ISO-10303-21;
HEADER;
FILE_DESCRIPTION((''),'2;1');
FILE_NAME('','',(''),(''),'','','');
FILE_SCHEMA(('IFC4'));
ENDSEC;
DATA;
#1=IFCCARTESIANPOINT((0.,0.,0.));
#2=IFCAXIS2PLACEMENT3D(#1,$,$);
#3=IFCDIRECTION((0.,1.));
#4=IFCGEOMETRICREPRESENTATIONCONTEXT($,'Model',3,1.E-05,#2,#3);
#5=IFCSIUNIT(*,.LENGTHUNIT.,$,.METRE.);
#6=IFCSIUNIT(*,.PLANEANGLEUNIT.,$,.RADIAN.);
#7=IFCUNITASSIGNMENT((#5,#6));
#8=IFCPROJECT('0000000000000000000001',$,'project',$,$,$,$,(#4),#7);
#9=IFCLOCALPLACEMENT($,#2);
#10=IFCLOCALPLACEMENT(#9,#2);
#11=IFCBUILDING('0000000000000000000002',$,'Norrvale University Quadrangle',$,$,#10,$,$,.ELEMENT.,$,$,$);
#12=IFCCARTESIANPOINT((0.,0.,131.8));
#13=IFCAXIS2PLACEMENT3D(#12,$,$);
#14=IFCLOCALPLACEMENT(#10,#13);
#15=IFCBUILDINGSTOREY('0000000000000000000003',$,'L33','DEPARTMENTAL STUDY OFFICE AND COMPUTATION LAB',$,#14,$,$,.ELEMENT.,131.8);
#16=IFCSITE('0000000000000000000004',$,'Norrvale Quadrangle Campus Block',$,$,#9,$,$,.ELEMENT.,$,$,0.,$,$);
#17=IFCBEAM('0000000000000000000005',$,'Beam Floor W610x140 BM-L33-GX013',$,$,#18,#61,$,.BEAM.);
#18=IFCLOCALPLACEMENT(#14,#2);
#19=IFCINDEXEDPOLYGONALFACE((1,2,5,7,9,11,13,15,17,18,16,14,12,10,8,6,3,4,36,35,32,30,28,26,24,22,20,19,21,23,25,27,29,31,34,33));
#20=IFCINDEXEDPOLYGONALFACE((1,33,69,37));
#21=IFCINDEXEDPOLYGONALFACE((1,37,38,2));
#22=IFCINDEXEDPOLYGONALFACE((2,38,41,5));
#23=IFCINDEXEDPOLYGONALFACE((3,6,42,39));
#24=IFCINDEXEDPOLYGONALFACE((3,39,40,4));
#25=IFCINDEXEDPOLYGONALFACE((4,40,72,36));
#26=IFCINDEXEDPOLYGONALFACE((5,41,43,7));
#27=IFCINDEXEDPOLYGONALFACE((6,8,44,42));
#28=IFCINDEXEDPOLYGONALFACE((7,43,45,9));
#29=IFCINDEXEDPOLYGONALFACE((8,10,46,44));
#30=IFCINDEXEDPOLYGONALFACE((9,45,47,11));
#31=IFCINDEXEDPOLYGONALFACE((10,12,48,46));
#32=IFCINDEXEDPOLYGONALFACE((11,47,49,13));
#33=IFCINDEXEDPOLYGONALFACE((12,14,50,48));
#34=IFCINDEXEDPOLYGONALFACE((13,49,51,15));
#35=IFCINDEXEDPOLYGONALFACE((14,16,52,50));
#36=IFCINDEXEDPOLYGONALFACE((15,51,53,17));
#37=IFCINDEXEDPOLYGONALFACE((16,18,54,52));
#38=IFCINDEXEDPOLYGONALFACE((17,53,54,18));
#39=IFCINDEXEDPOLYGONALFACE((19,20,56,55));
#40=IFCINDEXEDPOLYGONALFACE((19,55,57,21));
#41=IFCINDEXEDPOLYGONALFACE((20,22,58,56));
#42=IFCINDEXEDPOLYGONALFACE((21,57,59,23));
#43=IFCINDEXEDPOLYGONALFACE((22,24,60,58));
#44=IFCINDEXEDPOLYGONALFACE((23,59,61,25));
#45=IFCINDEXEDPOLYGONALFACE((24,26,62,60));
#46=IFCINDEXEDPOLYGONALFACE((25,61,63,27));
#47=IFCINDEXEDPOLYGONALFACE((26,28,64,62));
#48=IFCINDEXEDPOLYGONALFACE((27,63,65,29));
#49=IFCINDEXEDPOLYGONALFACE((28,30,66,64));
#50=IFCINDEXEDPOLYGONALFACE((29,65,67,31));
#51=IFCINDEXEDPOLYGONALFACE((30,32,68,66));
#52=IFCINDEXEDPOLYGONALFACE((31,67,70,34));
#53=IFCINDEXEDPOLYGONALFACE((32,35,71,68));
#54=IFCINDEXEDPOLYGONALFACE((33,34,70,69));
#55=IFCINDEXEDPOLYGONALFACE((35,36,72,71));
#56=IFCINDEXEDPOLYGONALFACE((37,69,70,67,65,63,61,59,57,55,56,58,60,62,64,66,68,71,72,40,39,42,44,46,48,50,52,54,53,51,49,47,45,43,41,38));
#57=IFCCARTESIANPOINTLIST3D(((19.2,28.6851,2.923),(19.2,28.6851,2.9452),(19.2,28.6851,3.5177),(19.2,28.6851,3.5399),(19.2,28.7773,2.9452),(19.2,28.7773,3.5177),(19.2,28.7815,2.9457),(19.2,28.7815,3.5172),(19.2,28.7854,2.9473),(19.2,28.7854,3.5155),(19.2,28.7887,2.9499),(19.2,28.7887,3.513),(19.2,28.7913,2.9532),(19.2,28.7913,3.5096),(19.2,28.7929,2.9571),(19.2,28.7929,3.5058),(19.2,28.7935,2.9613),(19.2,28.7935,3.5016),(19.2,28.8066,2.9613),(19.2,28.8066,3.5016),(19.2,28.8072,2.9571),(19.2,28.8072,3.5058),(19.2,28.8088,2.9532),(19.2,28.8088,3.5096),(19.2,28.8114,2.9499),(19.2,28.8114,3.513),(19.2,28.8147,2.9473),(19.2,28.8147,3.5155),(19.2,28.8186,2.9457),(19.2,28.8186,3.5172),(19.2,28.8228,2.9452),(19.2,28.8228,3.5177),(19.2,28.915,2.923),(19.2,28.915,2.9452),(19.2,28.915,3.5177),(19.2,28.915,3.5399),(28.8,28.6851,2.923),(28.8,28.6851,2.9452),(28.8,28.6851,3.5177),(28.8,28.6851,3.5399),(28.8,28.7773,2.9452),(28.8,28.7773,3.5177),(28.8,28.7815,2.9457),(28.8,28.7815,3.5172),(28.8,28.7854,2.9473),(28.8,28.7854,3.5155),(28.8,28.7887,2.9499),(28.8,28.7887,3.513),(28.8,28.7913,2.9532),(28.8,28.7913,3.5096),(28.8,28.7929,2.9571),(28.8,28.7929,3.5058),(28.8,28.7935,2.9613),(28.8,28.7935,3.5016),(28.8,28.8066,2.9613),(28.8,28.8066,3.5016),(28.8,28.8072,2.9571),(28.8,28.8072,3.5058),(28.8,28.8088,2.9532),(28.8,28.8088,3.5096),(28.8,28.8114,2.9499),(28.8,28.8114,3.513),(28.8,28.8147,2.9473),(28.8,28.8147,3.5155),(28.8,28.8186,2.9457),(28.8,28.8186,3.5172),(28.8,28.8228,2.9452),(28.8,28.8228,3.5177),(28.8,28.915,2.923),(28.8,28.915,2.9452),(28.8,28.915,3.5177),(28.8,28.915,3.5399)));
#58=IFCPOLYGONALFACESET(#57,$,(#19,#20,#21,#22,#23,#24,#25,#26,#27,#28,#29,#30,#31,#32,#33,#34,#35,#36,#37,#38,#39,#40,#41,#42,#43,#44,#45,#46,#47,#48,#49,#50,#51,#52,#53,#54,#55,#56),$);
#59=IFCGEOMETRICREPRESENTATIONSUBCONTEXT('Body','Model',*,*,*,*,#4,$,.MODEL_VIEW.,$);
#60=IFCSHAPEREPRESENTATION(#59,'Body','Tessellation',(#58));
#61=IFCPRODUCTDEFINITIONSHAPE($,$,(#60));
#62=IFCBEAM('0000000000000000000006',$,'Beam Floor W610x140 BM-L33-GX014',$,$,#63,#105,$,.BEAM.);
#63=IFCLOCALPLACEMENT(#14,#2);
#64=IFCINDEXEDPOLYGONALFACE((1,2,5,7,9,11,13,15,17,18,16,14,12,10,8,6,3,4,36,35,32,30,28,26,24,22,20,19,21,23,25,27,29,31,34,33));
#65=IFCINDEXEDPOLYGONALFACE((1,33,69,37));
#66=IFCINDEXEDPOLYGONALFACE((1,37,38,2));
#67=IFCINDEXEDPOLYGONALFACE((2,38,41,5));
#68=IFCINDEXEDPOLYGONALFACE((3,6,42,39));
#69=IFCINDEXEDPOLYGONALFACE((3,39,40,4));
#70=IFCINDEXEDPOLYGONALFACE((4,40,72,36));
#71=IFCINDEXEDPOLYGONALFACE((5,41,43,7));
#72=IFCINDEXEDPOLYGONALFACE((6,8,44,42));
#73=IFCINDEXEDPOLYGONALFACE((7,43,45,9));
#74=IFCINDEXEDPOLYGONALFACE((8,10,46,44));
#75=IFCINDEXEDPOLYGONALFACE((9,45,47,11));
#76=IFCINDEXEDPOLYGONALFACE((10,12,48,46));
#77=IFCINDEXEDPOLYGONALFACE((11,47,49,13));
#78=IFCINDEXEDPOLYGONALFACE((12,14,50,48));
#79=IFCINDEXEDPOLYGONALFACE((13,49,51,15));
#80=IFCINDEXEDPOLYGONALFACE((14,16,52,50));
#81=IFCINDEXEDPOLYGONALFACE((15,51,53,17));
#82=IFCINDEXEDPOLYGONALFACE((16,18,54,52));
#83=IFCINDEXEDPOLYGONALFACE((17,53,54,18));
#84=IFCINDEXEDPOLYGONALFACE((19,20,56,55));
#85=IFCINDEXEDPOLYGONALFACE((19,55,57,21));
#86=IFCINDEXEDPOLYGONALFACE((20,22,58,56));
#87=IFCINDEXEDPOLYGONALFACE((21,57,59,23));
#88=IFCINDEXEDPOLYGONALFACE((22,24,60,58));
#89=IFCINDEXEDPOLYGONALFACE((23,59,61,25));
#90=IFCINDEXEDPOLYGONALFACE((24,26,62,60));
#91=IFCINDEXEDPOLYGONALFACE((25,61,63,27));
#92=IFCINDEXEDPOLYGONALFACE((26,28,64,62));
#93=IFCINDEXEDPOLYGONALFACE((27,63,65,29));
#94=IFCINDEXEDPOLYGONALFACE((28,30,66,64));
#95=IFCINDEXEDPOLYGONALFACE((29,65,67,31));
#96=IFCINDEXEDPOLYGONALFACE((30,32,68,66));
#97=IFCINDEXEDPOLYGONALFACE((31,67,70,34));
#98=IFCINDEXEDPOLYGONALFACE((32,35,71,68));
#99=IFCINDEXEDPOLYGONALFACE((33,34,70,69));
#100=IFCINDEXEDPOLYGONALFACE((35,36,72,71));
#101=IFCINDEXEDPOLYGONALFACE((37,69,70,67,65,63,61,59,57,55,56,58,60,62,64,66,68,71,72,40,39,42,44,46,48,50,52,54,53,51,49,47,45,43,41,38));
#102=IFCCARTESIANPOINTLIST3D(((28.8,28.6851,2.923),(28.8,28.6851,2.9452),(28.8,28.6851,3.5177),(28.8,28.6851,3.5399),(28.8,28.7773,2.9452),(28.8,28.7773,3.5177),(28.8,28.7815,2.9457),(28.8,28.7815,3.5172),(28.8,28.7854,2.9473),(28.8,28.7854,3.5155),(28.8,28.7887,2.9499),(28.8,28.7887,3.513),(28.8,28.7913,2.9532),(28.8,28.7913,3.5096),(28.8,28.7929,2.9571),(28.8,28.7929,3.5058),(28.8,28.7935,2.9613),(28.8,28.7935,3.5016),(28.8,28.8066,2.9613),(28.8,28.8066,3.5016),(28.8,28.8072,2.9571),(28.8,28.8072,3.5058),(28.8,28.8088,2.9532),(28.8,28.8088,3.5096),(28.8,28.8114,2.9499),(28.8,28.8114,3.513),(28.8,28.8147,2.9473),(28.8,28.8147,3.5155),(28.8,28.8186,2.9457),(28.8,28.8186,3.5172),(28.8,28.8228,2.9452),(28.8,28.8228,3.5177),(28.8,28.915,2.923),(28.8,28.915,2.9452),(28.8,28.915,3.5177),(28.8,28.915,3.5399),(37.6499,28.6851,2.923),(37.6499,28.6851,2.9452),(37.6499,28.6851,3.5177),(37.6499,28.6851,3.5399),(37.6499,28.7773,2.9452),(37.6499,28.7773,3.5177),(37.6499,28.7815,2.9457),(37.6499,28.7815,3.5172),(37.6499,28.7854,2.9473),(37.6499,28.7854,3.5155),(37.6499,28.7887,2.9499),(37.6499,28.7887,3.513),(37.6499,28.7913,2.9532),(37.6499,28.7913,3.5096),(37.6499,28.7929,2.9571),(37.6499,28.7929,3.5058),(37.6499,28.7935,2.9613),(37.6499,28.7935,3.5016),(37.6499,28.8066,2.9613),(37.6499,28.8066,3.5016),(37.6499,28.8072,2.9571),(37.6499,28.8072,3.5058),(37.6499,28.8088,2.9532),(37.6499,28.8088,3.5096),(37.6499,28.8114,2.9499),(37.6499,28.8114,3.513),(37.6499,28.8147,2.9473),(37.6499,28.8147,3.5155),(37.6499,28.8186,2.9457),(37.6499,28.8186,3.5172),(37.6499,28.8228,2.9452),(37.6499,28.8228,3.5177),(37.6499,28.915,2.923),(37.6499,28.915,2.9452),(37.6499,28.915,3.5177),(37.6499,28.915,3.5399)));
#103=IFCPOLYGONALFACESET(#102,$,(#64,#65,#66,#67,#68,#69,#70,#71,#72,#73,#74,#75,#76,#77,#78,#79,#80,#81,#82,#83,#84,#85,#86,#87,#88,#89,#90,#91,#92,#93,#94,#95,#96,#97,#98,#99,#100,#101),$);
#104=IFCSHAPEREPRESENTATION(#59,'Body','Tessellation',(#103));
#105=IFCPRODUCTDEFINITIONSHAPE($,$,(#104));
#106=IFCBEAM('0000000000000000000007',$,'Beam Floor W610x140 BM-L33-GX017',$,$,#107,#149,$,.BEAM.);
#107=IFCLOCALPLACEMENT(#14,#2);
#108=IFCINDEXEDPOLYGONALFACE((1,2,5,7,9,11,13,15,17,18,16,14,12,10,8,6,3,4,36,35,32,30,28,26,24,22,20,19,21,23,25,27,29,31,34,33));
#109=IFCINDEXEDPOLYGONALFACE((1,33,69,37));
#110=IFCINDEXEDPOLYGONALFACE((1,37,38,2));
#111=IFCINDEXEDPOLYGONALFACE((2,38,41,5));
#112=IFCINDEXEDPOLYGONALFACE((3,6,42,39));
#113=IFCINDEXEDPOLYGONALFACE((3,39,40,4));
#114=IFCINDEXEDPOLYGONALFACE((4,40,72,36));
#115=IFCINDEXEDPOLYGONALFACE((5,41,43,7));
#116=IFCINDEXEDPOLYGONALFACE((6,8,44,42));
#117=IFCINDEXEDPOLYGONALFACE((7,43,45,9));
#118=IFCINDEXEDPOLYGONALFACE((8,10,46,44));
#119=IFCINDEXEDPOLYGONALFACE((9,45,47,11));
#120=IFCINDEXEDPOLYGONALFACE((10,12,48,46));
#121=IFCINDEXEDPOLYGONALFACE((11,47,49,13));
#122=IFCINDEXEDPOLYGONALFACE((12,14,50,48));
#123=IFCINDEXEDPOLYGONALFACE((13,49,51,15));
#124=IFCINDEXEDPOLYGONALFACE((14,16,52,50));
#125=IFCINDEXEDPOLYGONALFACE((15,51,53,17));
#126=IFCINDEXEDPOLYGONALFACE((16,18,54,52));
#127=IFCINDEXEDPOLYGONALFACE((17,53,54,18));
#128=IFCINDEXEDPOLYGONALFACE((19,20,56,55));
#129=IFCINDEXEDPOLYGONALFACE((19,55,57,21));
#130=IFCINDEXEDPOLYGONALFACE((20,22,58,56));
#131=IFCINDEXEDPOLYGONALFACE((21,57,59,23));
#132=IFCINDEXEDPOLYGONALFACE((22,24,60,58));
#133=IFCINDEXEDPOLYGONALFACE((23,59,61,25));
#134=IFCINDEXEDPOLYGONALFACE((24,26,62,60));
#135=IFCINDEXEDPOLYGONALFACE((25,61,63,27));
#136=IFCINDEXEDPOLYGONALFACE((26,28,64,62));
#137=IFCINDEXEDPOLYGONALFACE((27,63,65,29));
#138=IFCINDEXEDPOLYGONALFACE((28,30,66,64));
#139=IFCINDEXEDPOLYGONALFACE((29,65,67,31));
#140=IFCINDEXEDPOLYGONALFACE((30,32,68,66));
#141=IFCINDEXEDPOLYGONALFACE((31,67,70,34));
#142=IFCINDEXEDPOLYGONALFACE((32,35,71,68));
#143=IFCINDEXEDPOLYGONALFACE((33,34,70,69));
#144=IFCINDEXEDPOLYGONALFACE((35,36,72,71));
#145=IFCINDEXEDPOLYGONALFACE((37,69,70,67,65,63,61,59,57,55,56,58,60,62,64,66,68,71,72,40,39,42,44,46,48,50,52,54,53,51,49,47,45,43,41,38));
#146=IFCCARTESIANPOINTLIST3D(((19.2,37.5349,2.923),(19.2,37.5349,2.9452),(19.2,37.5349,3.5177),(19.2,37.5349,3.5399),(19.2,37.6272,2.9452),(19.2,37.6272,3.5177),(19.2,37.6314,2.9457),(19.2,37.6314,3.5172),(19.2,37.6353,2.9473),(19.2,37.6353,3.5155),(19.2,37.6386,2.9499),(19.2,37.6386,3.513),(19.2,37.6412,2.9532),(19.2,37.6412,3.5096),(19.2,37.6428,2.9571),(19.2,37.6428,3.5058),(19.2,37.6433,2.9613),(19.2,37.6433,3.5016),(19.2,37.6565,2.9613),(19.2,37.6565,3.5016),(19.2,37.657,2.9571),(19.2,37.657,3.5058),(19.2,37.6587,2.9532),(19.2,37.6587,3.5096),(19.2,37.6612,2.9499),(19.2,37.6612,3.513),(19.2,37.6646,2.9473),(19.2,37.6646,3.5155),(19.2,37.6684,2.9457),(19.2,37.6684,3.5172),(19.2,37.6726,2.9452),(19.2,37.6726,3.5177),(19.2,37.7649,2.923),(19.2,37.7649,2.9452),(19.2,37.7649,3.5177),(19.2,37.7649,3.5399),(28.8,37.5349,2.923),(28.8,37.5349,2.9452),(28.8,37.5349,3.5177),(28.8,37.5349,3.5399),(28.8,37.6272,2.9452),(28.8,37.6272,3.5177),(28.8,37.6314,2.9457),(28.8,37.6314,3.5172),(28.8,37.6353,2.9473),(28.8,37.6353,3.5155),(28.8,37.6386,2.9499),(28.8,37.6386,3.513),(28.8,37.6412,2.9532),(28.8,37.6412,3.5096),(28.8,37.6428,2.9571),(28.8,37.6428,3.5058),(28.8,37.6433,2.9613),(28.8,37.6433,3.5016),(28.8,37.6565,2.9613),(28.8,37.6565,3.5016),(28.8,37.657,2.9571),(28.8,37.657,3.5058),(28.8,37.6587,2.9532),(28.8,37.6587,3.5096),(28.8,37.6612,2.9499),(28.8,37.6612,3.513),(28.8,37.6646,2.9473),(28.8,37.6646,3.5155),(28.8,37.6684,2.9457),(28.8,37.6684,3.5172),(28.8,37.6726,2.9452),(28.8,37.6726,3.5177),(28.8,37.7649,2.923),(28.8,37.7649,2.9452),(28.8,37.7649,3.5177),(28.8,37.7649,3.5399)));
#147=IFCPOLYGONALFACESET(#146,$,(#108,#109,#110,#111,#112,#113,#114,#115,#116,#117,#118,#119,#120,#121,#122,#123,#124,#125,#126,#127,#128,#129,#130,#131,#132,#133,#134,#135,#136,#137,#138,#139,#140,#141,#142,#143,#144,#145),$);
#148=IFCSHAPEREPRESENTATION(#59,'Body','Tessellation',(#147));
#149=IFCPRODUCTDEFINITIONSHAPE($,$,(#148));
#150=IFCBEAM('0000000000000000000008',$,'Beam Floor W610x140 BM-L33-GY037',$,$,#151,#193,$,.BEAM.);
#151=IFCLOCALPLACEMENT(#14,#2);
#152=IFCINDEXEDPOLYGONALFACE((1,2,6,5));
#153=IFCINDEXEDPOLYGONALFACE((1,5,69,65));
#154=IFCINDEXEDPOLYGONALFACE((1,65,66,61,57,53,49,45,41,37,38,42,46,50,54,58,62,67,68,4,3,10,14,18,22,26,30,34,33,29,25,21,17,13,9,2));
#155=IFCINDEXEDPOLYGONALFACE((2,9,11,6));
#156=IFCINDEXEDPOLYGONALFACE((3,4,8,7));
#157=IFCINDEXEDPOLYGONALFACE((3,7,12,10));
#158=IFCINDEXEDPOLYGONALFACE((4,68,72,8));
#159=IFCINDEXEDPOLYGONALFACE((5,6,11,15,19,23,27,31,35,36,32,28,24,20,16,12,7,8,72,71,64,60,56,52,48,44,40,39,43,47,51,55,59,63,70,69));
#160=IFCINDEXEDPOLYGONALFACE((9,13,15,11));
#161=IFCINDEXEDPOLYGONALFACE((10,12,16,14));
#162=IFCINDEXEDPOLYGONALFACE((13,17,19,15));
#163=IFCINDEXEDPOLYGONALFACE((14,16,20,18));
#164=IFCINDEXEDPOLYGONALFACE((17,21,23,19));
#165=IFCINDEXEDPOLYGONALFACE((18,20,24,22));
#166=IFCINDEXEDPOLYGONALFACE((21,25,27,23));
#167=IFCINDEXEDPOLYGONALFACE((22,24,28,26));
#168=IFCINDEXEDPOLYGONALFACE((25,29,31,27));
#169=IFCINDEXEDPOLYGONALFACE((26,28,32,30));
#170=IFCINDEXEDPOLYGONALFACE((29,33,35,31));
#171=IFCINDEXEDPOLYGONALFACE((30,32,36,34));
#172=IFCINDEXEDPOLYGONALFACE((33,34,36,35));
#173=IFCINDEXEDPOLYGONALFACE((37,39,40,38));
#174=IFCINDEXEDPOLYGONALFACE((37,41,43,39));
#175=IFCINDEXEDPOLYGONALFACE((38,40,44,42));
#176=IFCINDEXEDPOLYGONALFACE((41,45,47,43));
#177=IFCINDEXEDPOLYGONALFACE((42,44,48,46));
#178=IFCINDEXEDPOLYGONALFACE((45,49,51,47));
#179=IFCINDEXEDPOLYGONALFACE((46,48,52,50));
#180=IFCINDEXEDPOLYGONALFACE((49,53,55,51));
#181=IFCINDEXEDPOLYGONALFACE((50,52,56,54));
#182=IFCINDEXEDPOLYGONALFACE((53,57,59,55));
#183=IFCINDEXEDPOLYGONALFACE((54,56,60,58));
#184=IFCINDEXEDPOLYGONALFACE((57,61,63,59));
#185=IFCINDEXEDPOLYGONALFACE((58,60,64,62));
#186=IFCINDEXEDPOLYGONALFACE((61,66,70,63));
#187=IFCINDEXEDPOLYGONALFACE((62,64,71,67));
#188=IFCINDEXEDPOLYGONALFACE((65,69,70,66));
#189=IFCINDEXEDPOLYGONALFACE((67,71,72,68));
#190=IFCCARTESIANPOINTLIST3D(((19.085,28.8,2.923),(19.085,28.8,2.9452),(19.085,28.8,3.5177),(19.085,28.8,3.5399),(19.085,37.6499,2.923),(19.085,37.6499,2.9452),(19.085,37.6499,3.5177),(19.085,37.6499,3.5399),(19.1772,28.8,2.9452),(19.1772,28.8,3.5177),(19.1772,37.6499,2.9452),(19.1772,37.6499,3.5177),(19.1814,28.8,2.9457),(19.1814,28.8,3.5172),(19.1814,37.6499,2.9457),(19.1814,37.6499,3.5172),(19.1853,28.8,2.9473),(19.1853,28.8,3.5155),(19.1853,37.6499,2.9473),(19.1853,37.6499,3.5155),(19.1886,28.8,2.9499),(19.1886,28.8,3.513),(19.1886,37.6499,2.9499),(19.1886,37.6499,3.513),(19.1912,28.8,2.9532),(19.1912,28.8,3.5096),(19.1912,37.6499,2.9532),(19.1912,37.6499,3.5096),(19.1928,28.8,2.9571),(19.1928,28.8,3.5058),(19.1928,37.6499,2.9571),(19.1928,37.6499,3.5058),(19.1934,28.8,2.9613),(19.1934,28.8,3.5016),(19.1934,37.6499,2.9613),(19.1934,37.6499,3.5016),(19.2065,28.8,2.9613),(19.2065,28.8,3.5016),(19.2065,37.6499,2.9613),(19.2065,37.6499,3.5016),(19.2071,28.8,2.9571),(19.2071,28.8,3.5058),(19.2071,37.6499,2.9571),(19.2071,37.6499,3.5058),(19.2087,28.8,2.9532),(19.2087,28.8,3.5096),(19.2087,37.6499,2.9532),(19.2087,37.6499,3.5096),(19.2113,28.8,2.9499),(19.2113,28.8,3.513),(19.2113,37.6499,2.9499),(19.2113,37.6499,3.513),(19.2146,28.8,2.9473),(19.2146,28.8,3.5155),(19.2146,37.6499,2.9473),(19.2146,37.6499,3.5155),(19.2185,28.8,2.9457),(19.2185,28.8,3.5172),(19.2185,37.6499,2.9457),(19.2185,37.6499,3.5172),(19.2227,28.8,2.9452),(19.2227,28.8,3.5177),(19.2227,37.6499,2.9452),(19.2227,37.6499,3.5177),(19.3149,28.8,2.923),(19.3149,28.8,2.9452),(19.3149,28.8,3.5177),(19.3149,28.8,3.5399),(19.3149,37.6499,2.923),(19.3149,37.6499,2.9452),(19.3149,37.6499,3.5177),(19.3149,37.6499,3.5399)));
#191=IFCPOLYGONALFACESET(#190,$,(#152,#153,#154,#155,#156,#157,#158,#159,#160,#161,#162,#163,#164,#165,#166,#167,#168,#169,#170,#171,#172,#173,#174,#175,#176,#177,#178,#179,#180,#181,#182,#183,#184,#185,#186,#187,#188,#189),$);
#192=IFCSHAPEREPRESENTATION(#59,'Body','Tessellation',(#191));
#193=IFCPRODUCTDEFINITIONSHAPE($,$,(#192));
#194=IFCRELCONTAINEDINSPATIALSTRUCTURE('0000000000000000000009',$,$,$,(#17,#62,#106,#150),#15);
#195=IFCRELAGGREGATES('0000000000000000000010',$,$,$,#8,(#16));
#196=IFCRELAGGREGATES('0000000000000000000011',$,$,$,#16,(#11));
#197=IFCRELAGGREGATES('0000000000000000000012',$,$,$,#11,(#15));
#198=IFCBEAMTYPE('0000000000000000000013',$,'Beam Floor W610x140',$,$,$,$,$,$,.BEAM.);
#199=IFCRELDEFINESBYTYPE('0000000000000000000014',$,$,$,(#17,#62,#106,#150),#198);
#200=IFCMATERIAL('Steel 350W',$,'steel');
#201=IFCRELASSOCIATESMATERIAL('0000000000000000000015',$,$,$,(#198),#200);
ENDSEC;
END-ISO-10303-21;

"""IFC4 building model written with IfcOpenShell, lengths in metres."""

from ifc_helpers import new_model, si_unit, direction, frame, origin, origin_2d, place, context, subcontext, project, spatial, i_section, extrude, material, material_profile, profile_set, type_object, element, save


model = new_model("IFC4")

# Units and contexts
model_context = context("Model", 3, precision=1e-05, world=origin(), true_north=direction((0.0, 1.0)))
body_context = subcontext(model_context, "Body", "Model", "MODEL_VIEW")
ifc_project = project(units=[si_unit("LENGTHUNIT", "METRE"), si_unit("PLANEANGLEUNIT", "RADIAN")], contexts=[model_context])

# Site, building, storey
site_placement = place(None, origin())
site = spatial("IfcSite", under=ifc_project, at=site_placement, Name="Norrvale Quadrangle Campus Block", CompositionType="ELEMENT", RefElevation=0.0)
building_placement = place(site_placement, origin())
building = spatial("IfcBuilding", under=site, at=building_placement, Name="Norrvale University Quadrangle", CompositionType="ELEMENT")
storey_placement = place(building_placement, frame((0.0, 0.0, 131.8)))
storey = spatial("IfcBuildingStorey", under=building, at=storey_placement, Name="L33", Description="DEPARTMENTAL STUDY OFFICE AND COMPUTATION LAB", CompositionType="ELEMENT", Elevation=131.8)

# Beams
ifc_material_1 = material(Name="Steel 350W", Category="steel")
ifc_material_profile_1 = material_profile(ifc_material_1, i_section(OverallWidth=0.23, OverallDepth=0.6169, WebThickness=0.0132, FlangeThickness=0.0222, FilletRadius=0.0161, at=origin_2d()), Name="Steel 350W")
ifc_profile_set_1 = profile_set([ifc_material_profile_1], Name="Steel 350W")
beam_type_1 = type_object("IfcBeamType", Name="Beam Floor W610x140", PredefinedType="BEAM", material=ifc_profile_set_1)
beam_1_placement = place(storey_placement, frame((19.2, 28.8, 3.2314), z_axis=(1.0, 0.0, 0.0), x_axis=(0.0, 1.0, 0.0)))
element("IfcBeam", 1, at=beam_1_placement, inside=storey, type_object=beam_type_1, Name="Beam Floor W610x140 BM-L33-GX013", PredefinedType="BEAM", context=body_context, shape_type="SweptSolid", body=[
    extrude(i_section(OverallWidth=0.23, OverallDepth=0.6169, WebThickness=0.0132, FlangeThickness=0.0222, FilletRadius=0.0161, at=origin_2d()), origin(), (0.0, 0.0, 1.0), 9.6001),
])
beam_2_placement = place(storey_placement, frame((28.8, 28.8, 3.2314), z_axis=(1.0, 0.0, 0.0), x_axis=(0.0, 1.0, 0.0)))
element("IfcBeam", 2, at=beam_2_placement, inside=storey, type_object=beam_type_1, Name="Beam Floor W610x140 BM-L33-GX014", PredefinedType="BEAM", context=body_context, shape_type="SweptSolid", body=[
    extrude(i_section(OverallWidth=0.23, OverallDepth=0.6169, WebThickness=0.0132, FlangeThickness=0.0222, FilletRadius=0.0161, at=origin_2d()), origin(), (0.0, 0.0, 1.0), 8.8499),
])
beam_3_placement = place(storey_placement, frame((19.2, 37.6499, 3.2314), z_axis=(1.0, 0.0, 0.0), x_axis=(0.0, 1.0, 0.0)))
element("IfcBeam", 3, at=beam_3_placement, inside=storey, type_object=beam_type_1, Name="Beam Floor W610x140 BM-L33-GX017", PredefinedType="BEAM", context=body_context, shape_type="SweptSolid", body=[
    extrude(i_section(OverallWidth=0.23, OverallDepth=0.6169, WebThickness=0.0132, FlangeThickness=0.0222, FilletRadius=0.0161, at=origin_2d()), origin(), (0.0, 0.0, 1.0), 9.6001),
])
beam_4_placement = place(storey_placement, frame((19.2, 28.8, 3.2314), z_axis=(0.0, 1.0, 0.0), x_axis=(-1.0, 0.0, 0.0)))
element("IfcBeam", 4, at=beam_4_placement, inside=storey, type_object=beam_type_1, Name="Beam Floor W610x140 BM-L33-GY037", PredefinedType="BEAM", context=body_context, shape_type="SweptSolid", body=[
    extrude(i_section(OverallWidth=0.23, OverallDepth=0.6169, WebThickness=0.0132, FlangeThickness=0.0222, FilletRadius=0.0161, at=origin_2d()), origin(), (0.0, 0.0, 1.0), 8.8499),
])

save(model, "model.ifc")
